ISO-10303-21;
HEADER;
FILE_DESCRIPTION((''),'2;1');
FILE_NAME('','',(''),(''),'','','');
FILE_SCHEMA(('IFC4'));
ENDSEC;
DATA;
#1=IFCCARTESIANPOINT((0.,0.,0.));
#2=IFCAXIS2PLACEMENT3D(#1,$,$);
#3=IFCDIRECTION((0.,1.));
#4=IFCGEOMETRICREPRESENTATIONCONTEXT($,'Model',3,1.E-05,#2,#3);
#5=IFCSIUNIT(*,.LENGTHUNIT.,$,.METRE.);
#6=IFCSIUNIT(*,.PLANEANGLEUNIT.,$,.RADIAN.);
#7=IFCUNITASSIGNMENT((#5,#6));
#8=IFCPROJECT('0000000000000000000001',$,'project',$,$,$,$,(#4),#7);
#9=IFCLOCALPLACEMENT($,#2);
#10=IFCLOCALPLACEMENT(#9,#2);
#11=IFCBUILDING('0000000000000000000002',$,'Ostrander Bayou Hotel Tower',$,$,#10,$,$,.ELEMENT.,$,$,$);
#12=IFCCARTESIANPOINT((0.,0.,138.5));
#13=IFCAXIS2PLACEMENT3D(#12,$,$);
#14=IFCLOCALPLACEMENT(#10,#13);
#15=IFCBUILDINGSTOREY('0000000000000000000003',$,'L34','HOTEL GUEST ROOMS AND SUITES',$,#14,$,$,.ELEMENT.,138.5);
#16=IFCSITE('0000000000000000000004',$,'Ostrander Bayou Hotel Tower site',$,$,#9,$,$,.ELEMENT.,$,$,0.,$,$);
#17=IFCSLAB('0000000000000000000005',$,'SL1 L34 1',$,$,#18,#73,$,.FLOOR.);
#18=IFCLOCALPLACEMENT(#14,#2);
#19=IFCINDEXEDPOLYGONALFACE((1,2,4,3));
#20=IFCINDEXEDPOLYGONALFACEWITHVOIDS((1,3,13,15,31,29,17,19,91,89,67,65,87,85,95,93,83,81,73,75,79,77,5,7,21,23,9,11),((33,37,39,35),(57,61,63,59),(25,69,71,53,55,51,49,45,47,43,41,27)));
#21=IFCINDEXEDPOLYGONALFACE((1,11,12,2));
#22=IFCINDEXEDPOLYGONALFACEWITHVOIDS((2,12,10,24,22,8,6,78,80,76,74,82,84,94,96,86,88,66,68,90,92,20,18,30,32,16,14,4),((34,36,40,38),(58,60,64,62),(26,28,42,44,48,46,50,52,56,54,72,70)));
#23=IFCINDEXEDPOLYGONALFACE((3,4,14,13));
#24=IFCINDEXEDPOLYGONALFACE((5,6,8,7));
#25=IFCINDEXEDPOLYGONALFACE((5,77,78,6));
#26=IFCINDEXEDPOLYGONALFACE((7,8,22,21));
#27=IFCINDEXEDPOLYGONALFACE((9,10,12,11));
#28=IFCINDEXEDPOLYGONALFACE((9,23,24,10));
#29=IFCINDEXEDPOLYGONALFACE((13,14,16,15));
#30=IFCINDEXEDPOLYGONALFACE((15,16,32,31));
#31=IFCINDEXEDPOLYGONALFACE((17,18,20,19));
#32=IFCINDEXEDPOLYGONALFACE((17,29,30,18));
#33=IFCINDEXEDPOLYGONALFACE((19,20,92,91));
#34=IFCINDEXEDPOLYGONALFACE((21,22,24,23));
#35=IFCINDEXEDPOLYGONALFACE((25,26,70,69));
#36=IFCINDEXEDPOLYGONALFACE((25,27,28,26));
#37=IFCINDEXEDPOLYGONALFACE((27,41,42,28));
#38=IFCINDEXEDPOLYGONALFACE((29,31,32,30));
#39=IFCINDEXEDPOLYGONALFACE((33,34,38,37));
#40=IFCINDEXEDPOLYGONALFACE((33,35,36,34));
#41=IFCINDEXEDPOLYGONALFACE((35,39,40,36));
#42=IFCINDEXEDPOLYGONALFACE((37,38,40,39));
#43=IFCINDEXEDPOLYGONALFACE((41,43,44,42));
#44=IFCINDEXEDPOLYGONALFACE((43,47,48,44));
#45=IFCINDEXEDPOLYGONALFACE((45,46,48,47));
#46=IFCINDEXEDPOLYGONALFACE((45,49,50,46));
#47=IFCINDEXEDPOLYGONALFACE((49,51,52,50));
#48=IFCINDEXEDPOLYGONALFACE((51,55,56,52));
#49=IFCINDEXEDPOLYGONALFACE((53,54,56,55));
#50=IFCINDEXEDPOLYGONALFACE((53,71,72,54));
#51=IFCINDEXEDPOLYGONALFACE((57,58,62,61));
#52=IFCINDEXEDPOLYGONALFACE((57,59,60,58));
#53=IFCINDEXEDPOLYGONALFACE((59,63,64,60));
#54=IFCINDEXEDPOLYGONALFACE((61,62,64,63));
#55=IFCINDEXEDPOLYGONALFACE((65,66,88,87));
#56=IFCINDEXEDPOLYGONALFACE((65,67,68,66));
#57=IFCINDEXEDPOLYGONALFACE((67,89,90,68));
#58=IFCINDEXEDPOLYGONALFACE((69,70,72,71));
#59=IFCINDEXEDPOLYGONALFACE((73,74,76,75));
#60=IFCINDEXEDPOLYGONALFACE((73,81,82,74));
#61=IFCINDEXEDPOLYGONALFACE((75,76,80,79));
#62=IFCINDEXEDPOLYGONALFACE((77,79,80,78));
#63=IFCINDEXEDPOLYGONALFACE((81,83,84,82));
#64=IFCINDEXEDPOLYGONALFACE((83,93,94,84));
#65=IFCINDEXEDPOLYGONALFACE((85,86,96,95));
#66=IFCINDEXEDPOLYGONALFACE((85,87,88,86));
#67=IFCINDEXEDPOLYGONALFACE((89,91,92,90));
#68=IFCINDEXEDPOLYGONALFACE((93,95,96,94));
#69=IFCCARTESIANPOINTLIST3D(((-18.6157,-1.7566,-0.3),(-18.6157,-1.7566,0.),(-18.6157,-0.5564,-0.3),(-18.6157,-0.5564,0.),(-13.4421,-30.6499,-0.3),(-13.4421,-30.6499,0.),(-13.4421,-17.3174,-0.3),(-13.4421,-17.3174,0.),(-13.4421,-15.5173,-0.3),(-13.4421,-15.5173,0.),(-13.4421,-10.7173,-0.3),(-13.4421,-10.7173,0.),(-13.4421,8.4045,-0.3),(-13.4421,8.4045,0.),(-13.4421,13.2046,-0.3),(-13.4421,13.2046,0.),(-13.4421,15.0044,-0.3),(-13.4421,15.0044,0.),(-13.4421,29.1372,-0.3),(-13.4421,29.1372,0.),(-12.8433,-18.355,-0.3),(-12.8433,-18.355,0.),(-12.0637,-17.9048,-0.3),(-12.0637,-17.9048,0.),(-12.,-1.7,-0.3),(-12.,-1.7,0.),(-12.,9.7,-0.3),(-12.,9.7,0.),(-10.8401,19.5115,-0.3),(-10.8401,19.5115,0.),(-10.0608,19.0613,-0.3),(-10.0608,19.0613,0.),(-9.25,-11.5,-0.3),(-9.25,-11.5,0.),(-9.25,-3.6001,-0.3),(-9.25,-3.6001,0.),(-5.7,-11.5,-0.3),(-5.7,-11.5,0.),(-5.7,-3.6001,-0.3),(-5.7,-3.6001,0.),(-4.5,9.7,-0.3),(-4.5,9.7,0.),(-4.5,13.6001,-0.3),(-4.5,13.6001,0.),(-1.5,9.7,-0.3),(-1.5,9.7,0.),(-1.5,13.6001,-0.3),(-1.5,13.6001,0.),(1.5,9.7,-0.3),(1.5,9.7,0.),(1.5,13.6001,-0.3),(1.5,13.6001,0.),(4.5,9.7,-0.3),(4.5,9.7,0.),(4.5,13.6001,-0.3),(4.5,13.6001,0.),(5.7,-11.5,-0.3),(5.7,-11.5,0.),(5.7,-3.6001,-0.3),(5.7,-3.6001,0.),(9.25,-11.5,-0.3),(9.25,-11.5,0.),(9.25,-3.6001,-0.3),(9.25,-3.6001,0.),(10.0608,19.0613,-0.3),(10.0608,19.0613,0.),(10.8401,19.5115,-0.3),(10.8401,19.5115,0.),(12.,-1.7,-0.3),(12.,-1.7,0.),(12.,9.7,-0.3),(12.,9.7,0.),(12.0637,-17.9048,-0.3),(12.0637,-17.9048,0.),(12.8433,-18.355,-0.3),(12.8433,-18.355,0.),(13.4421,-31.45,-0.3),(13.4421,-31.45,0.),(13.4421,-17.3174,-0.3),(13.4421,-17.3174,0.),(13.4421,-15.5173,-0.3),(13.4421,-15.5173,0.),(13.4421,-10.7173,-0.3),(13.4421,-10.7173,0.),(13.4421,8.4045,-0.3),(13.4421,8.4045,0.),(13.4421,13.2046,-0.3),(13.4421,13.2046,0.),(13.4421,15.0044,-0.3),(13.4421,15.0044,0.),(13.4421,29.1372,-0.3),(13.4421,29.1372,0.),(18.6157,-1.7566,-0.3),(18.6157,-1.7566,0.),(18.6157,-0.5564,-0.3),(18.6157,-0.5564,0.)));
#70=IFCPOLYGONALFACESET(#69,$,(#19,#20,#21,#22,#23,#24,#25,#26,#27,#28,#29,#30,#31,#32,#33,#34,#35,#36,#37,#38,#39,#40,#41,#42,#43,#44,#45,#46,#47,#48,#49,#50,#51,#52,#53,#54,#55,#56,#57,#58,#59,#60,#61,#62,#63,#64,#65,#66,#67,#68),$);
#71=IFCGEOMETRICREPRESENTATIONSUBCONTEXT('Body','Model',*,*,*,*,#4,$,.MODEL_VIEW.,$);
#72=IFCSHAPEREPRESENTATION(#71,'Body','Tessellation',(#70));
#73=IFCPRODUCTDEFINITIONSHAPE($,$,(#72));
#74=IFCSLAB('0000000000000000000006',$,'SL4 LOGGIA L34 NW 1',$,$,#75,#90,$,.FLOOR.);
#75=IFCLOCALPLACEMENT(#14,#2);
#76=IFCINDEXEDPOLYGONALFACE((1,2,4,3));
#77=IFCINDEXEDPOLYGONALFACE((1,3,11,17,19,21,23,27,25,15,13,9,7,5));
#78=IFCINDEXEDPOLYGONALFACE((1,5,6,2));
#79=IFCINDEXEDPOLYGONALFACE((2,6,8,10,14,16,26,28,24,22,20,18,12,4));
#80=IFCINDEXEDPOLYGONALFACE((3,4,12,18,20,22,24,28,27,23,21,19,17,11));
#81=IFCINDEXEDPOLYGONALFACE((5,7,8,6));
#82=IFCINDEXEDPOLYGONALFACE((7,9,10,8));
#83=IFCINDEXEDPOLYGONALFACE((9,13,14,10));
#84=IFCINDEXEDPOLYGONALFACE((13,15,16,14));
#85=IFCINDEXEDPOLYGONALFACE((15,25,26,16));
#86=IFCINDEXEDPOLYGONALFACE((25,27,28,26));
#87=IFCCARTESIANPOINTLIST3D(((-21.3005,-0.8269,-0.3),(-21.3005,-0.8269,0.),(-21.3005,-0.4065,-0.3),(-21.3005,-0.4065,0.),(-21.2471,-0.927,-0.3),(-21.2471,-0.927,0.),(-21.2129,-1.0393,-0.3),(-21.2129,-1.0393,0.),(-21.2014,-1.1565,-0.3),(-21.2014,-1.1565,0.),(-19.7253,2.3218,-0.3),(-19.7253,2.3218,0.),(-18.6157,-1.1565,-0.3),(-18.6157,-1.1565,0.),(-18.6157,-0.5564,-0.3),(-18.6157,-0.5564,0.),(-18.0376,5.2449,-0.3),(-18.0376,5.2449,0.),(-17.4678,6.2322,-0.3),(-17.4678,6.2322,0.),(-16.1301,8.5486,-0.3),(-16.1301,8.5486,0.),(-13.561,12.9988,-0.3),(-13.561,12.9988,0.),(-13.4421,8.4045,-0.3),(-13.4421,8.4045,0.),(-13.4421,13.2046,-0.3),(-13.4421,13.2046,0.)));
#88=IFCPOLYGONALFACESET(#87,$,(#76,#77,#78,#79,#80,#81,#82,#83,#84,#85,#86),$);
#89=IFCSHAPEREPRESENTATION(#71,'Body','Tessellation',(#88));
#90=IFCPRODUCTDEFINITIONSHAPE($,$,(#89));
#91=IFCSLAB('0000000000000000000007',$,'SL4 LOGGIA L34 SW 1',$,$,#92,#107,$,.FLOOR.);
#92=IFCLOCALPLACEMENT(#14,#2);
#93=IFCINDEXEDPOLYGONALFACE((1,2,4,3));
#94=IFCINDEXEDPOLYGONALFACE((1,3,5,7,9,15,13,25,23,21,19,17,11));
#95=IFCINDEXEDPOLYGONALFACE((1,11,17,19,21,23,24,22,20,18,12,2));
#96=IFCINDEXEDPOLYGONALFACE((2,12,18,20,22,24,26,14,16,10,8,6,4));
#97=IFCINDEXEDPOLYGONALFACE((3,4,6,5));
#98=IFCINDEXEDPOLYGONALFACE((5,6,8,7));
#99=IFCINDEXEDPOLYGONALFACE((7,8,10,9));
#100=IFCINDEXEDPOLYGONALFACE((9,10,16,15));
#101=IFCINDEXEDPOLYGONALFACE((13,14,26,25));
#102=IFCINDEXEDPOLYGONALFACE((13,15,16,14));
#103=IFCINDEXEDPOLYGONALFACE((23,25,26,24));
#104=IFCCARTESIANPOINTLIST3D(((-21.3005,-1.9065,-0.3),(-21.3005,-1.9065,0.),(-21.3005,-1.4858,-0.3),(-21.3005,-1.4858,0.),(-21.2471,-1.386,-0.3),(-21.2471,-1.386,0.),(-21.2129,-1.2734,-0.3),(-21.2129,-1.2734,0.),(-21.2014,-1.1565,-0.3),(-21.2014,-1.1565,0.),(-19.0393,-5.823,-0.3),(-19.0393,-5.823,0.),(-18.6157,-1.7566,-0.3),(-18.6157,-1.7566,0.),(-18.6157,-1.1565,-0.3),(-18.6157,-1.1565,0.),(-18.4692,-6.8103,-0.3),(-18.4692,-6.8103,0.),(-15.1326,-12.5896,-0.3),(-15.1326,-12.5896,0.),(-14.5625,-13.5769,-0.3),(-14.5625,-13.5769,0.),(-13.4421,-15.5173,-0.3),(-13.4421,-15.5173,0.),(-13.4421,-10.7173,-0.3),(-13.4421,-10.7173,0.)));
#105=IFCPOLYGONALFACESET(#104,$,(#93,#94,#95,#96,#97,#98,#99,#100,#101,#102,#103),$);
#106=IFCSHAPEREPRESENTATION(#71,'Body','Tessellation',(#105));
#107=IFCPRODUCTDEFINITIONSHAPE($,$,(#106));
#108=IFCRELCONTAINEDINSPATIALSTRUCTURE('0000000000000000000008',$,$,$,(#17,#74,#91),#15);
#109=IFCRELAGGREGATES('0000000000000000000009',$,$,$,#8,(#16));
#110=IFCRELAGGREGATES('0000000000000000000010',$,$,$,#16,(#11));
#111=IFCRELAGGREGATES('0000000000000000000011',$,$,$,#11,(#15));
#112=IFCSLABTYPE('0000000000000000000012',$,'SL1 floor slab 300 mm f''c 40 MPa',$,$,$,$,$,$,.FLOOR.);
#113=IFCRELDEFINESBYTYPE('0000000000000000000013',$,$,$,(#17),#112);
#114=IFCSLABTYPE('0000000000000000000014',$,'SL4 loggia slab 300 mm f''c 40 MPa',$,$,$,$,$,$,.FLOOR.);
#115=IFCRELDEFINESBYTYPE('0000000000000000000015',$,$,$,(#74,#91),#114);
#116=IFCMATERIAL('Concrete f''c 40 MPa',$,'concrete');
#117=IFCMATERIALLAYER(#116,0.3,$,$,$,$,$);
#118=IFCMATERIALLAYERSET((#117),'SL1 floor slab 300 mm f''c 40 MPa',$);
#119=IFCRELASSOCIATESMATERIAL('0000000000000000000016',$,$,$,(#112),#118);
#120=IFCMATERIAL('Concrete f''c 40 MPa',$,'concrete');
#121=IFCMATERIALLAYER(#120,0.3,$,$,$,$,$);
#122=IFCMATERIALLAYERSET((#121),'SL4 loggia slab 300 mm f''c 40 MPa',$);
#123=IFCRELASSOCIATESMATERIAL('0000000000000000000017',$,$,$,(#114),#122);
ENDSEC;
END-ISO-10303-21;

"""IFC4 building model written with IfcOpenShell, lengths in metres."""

from ifc_helpers import new_model, si_unit, direction, frame, origin, place, context, subcontext, project, spatial, polyline, outline, extrude, material, layer, layer_set, type_object, element, save


model = new_model("IFC4")

# Units and contexts
model_context = context("Model", 3, precision=1e-05, world=origin(), true_north=direction((0.0, 1.0)))
body_context = subcontext(model_context, "Body", "Model", "MODEL_VIEW")
ifc_project = project(units=[si_unit("LENGTHUNIT", "METRE"), si_unit("PLANEANGLEUNIT", "RADIAN")], contexts=[model_context])

# Site, building, storey
site_placement = place(None, origin())
site = spatial("IfcSite", under=ifc_project, at=site_placement, Name="Ostrander Bayou Hotel Tower site", CompositionType="ELEMENT", RefElevation=0.0)
building_placement = place(site_placement, origin())
building = spatial("IfcBuilding", under=site, at=building_placement, Name="Ostrander Bayou Hotel Tower", CompositionType="ELEMENT")
storey_placement = place(building_placement, frame((0.0, 0.0, 138.5)))
storey = spatial("IfcBuildingStorey", under=building, at=storey_placement, Name="L34", Description="HOTEL GUEST ROOMS AND SUITES", CompositionType="ELEMENT", Elevation=138.5)

# Slabs
ifc_material_1 = material(Name="Concrete f'c 40 MPa", Category="concrete")
ifc_layer_1 = layer(ifc_material_1, 0.3)
ifc_layer_set_1 = layer_set([ifc_layer_1], Name="SL1 floor slab 300 mm f'c 40 MPa")
slab_type_1 = type_object("IfcSlabType", Name="SL1 floor slab 300 mm f'c 40 MPa", PredefinedType="FLOOR", material=ifc_layer_set_1)
slab_1_placement = place(storey_placement, frame((0.0, 0.0, -0.3)))
element("IfcSlab", 1, at=slab_1_placement, inside=storey, type_object=slab_type_1, Name="SL1 L34 1", PredefinedType="FLOOR", context=body_context, shape_type="SweptSolid", body=[
    extrude(outline(polyline([(-12.8433, -18.355), (-12.0637, -17.9048), (-13.4421, -15.5173), (-13.4421, -10.7173), (-18.6157, -1.7566), (-18.6157, -0.5564), (-13.4421, 8.4045), (-13.4421, 13.2046), (-10.0608, 19.0613), (-10.8401, 19.5115), (-13.4421, 15.0044), (-13.4421, 29.1372), (13.4421, 29.1372), (13.4421, 15.0044), (10.8401, 19.5115), (10.0608, 19.0613), (13.4421, 13.2046), (13.4421, 8.4045), (18.6157, -0.5564), (18.6157, -1.7566), (13.4421, -10.7173), (13.4421, -15.5173), (12.0637, -17.9048), (12.8433, -18.355), (13.4421, -17.3174), (13.4421, -31.45), (-13.4421, -30.6499), (-13.4421, -17.3174), (-12.8433, -18.355)]), holes=[polyline([(-12.0, -1.7), (12.0, -1.7), (12.0, 9.7), (4.5, 9.7), (4.5, 13.6001), (1.5, 13.6001), (1.5, 9.7), (-1.5, 9.7), (-1.5, 13.6001), (-4.5, 13.6001), (-4.5, 9.7), (-12.0, 9.7), (-12.0, -1.7)]), polyline([(9.25, -3.6001), (5.7, -3.6001), (5.7, -11.5), (9.25, -11.5), (9.25, -3.6001)]), polyline([(-5.7, -3.6001), (-9.25, -3.6001), (-9.25, -11.5), (-5.7, -11.5), (-5.7, -3.6001)])]), origin(), (0.0, 0.0, 1.0), 0.3),
])
ifc_material_2 = material(Name="Concrete f'c 40 MPa", Category="concrete")
ifc_layer_2 = layer(ifc_material_2, 0.3)
ifc_layer_set_2 = layer_set([ifc_layer_2], Name="SL4 loggia slab 300 mm f'c 40 MPa")
slab_type_2 = type_object("IfcSlabType", Name="SL4 loggia slab 300 mm f'c 40 MPa", PredefinedType="FLOOR", material=ifc_layer_set_2)
slab_2_placement = place(storey_placement, frame((0.0, 0.0, -0.3)))
element("IfcSlab", 2, at=slab_2_placement, inside=storey, type_object=slab_type_2, Name="SL4 LOGGIA L34 NW 1", PredefinedType="FLOOR", context=body_context, shape_type="SweptSolid", body=[
    extrude(outline(polyline([(-16.1301, 8.5486), (-13.561, 12.9988), (-13.4421, 13.2046), (-13.4421, 8.4045), (-18.6157, -0.5564), (-18.6157, -1.1565), (-21.2014, -1.1565), (-21.2129, -1.0393), (-21.2471, -0.927), (-21.3005, -0.8269), (-21.3005, -0.4065), (-19.7253, 2.3218), (-18.0376, 5.2449), (-17.4678, 6.2322), (-16.1301, 8.5486)])), origin(), (0.0, 0.0, 1.0), 0.3),
])
slab_3_placement = place(storey_placement, frame((0.0, 0.0, -0.3)))
element("IfcSlab", 3, at=slab_3_placement, inside=storey, type_object=slab_type_2, Name="SL4 LOGGIA L34 SW 1", PredefinedType="FLOOR", context=body_context, shape_type="SweptSolid", body=[
    extrude(outline(polyline([(-13.4421, -15.5173), (-14.5625, -13.5769), (-15.1326, -12.5896), (-18.4692, -6.8103), (-19.0393, -5.823), (-21.3005, -1.9065), (-21.3005, -1.4858), (-21.2471, -1.386), (-21.2129, -1.2734), (-21.2014, -1.1565), (-18.6157, -1.1565), (-18.6157, -1.7566), (-13.4421, -10.7173), (-13.4421, -15.5173)])), origin(), (0.0, 0.0, 1.0), 0.3),
])

save(model, "model.ifc")
